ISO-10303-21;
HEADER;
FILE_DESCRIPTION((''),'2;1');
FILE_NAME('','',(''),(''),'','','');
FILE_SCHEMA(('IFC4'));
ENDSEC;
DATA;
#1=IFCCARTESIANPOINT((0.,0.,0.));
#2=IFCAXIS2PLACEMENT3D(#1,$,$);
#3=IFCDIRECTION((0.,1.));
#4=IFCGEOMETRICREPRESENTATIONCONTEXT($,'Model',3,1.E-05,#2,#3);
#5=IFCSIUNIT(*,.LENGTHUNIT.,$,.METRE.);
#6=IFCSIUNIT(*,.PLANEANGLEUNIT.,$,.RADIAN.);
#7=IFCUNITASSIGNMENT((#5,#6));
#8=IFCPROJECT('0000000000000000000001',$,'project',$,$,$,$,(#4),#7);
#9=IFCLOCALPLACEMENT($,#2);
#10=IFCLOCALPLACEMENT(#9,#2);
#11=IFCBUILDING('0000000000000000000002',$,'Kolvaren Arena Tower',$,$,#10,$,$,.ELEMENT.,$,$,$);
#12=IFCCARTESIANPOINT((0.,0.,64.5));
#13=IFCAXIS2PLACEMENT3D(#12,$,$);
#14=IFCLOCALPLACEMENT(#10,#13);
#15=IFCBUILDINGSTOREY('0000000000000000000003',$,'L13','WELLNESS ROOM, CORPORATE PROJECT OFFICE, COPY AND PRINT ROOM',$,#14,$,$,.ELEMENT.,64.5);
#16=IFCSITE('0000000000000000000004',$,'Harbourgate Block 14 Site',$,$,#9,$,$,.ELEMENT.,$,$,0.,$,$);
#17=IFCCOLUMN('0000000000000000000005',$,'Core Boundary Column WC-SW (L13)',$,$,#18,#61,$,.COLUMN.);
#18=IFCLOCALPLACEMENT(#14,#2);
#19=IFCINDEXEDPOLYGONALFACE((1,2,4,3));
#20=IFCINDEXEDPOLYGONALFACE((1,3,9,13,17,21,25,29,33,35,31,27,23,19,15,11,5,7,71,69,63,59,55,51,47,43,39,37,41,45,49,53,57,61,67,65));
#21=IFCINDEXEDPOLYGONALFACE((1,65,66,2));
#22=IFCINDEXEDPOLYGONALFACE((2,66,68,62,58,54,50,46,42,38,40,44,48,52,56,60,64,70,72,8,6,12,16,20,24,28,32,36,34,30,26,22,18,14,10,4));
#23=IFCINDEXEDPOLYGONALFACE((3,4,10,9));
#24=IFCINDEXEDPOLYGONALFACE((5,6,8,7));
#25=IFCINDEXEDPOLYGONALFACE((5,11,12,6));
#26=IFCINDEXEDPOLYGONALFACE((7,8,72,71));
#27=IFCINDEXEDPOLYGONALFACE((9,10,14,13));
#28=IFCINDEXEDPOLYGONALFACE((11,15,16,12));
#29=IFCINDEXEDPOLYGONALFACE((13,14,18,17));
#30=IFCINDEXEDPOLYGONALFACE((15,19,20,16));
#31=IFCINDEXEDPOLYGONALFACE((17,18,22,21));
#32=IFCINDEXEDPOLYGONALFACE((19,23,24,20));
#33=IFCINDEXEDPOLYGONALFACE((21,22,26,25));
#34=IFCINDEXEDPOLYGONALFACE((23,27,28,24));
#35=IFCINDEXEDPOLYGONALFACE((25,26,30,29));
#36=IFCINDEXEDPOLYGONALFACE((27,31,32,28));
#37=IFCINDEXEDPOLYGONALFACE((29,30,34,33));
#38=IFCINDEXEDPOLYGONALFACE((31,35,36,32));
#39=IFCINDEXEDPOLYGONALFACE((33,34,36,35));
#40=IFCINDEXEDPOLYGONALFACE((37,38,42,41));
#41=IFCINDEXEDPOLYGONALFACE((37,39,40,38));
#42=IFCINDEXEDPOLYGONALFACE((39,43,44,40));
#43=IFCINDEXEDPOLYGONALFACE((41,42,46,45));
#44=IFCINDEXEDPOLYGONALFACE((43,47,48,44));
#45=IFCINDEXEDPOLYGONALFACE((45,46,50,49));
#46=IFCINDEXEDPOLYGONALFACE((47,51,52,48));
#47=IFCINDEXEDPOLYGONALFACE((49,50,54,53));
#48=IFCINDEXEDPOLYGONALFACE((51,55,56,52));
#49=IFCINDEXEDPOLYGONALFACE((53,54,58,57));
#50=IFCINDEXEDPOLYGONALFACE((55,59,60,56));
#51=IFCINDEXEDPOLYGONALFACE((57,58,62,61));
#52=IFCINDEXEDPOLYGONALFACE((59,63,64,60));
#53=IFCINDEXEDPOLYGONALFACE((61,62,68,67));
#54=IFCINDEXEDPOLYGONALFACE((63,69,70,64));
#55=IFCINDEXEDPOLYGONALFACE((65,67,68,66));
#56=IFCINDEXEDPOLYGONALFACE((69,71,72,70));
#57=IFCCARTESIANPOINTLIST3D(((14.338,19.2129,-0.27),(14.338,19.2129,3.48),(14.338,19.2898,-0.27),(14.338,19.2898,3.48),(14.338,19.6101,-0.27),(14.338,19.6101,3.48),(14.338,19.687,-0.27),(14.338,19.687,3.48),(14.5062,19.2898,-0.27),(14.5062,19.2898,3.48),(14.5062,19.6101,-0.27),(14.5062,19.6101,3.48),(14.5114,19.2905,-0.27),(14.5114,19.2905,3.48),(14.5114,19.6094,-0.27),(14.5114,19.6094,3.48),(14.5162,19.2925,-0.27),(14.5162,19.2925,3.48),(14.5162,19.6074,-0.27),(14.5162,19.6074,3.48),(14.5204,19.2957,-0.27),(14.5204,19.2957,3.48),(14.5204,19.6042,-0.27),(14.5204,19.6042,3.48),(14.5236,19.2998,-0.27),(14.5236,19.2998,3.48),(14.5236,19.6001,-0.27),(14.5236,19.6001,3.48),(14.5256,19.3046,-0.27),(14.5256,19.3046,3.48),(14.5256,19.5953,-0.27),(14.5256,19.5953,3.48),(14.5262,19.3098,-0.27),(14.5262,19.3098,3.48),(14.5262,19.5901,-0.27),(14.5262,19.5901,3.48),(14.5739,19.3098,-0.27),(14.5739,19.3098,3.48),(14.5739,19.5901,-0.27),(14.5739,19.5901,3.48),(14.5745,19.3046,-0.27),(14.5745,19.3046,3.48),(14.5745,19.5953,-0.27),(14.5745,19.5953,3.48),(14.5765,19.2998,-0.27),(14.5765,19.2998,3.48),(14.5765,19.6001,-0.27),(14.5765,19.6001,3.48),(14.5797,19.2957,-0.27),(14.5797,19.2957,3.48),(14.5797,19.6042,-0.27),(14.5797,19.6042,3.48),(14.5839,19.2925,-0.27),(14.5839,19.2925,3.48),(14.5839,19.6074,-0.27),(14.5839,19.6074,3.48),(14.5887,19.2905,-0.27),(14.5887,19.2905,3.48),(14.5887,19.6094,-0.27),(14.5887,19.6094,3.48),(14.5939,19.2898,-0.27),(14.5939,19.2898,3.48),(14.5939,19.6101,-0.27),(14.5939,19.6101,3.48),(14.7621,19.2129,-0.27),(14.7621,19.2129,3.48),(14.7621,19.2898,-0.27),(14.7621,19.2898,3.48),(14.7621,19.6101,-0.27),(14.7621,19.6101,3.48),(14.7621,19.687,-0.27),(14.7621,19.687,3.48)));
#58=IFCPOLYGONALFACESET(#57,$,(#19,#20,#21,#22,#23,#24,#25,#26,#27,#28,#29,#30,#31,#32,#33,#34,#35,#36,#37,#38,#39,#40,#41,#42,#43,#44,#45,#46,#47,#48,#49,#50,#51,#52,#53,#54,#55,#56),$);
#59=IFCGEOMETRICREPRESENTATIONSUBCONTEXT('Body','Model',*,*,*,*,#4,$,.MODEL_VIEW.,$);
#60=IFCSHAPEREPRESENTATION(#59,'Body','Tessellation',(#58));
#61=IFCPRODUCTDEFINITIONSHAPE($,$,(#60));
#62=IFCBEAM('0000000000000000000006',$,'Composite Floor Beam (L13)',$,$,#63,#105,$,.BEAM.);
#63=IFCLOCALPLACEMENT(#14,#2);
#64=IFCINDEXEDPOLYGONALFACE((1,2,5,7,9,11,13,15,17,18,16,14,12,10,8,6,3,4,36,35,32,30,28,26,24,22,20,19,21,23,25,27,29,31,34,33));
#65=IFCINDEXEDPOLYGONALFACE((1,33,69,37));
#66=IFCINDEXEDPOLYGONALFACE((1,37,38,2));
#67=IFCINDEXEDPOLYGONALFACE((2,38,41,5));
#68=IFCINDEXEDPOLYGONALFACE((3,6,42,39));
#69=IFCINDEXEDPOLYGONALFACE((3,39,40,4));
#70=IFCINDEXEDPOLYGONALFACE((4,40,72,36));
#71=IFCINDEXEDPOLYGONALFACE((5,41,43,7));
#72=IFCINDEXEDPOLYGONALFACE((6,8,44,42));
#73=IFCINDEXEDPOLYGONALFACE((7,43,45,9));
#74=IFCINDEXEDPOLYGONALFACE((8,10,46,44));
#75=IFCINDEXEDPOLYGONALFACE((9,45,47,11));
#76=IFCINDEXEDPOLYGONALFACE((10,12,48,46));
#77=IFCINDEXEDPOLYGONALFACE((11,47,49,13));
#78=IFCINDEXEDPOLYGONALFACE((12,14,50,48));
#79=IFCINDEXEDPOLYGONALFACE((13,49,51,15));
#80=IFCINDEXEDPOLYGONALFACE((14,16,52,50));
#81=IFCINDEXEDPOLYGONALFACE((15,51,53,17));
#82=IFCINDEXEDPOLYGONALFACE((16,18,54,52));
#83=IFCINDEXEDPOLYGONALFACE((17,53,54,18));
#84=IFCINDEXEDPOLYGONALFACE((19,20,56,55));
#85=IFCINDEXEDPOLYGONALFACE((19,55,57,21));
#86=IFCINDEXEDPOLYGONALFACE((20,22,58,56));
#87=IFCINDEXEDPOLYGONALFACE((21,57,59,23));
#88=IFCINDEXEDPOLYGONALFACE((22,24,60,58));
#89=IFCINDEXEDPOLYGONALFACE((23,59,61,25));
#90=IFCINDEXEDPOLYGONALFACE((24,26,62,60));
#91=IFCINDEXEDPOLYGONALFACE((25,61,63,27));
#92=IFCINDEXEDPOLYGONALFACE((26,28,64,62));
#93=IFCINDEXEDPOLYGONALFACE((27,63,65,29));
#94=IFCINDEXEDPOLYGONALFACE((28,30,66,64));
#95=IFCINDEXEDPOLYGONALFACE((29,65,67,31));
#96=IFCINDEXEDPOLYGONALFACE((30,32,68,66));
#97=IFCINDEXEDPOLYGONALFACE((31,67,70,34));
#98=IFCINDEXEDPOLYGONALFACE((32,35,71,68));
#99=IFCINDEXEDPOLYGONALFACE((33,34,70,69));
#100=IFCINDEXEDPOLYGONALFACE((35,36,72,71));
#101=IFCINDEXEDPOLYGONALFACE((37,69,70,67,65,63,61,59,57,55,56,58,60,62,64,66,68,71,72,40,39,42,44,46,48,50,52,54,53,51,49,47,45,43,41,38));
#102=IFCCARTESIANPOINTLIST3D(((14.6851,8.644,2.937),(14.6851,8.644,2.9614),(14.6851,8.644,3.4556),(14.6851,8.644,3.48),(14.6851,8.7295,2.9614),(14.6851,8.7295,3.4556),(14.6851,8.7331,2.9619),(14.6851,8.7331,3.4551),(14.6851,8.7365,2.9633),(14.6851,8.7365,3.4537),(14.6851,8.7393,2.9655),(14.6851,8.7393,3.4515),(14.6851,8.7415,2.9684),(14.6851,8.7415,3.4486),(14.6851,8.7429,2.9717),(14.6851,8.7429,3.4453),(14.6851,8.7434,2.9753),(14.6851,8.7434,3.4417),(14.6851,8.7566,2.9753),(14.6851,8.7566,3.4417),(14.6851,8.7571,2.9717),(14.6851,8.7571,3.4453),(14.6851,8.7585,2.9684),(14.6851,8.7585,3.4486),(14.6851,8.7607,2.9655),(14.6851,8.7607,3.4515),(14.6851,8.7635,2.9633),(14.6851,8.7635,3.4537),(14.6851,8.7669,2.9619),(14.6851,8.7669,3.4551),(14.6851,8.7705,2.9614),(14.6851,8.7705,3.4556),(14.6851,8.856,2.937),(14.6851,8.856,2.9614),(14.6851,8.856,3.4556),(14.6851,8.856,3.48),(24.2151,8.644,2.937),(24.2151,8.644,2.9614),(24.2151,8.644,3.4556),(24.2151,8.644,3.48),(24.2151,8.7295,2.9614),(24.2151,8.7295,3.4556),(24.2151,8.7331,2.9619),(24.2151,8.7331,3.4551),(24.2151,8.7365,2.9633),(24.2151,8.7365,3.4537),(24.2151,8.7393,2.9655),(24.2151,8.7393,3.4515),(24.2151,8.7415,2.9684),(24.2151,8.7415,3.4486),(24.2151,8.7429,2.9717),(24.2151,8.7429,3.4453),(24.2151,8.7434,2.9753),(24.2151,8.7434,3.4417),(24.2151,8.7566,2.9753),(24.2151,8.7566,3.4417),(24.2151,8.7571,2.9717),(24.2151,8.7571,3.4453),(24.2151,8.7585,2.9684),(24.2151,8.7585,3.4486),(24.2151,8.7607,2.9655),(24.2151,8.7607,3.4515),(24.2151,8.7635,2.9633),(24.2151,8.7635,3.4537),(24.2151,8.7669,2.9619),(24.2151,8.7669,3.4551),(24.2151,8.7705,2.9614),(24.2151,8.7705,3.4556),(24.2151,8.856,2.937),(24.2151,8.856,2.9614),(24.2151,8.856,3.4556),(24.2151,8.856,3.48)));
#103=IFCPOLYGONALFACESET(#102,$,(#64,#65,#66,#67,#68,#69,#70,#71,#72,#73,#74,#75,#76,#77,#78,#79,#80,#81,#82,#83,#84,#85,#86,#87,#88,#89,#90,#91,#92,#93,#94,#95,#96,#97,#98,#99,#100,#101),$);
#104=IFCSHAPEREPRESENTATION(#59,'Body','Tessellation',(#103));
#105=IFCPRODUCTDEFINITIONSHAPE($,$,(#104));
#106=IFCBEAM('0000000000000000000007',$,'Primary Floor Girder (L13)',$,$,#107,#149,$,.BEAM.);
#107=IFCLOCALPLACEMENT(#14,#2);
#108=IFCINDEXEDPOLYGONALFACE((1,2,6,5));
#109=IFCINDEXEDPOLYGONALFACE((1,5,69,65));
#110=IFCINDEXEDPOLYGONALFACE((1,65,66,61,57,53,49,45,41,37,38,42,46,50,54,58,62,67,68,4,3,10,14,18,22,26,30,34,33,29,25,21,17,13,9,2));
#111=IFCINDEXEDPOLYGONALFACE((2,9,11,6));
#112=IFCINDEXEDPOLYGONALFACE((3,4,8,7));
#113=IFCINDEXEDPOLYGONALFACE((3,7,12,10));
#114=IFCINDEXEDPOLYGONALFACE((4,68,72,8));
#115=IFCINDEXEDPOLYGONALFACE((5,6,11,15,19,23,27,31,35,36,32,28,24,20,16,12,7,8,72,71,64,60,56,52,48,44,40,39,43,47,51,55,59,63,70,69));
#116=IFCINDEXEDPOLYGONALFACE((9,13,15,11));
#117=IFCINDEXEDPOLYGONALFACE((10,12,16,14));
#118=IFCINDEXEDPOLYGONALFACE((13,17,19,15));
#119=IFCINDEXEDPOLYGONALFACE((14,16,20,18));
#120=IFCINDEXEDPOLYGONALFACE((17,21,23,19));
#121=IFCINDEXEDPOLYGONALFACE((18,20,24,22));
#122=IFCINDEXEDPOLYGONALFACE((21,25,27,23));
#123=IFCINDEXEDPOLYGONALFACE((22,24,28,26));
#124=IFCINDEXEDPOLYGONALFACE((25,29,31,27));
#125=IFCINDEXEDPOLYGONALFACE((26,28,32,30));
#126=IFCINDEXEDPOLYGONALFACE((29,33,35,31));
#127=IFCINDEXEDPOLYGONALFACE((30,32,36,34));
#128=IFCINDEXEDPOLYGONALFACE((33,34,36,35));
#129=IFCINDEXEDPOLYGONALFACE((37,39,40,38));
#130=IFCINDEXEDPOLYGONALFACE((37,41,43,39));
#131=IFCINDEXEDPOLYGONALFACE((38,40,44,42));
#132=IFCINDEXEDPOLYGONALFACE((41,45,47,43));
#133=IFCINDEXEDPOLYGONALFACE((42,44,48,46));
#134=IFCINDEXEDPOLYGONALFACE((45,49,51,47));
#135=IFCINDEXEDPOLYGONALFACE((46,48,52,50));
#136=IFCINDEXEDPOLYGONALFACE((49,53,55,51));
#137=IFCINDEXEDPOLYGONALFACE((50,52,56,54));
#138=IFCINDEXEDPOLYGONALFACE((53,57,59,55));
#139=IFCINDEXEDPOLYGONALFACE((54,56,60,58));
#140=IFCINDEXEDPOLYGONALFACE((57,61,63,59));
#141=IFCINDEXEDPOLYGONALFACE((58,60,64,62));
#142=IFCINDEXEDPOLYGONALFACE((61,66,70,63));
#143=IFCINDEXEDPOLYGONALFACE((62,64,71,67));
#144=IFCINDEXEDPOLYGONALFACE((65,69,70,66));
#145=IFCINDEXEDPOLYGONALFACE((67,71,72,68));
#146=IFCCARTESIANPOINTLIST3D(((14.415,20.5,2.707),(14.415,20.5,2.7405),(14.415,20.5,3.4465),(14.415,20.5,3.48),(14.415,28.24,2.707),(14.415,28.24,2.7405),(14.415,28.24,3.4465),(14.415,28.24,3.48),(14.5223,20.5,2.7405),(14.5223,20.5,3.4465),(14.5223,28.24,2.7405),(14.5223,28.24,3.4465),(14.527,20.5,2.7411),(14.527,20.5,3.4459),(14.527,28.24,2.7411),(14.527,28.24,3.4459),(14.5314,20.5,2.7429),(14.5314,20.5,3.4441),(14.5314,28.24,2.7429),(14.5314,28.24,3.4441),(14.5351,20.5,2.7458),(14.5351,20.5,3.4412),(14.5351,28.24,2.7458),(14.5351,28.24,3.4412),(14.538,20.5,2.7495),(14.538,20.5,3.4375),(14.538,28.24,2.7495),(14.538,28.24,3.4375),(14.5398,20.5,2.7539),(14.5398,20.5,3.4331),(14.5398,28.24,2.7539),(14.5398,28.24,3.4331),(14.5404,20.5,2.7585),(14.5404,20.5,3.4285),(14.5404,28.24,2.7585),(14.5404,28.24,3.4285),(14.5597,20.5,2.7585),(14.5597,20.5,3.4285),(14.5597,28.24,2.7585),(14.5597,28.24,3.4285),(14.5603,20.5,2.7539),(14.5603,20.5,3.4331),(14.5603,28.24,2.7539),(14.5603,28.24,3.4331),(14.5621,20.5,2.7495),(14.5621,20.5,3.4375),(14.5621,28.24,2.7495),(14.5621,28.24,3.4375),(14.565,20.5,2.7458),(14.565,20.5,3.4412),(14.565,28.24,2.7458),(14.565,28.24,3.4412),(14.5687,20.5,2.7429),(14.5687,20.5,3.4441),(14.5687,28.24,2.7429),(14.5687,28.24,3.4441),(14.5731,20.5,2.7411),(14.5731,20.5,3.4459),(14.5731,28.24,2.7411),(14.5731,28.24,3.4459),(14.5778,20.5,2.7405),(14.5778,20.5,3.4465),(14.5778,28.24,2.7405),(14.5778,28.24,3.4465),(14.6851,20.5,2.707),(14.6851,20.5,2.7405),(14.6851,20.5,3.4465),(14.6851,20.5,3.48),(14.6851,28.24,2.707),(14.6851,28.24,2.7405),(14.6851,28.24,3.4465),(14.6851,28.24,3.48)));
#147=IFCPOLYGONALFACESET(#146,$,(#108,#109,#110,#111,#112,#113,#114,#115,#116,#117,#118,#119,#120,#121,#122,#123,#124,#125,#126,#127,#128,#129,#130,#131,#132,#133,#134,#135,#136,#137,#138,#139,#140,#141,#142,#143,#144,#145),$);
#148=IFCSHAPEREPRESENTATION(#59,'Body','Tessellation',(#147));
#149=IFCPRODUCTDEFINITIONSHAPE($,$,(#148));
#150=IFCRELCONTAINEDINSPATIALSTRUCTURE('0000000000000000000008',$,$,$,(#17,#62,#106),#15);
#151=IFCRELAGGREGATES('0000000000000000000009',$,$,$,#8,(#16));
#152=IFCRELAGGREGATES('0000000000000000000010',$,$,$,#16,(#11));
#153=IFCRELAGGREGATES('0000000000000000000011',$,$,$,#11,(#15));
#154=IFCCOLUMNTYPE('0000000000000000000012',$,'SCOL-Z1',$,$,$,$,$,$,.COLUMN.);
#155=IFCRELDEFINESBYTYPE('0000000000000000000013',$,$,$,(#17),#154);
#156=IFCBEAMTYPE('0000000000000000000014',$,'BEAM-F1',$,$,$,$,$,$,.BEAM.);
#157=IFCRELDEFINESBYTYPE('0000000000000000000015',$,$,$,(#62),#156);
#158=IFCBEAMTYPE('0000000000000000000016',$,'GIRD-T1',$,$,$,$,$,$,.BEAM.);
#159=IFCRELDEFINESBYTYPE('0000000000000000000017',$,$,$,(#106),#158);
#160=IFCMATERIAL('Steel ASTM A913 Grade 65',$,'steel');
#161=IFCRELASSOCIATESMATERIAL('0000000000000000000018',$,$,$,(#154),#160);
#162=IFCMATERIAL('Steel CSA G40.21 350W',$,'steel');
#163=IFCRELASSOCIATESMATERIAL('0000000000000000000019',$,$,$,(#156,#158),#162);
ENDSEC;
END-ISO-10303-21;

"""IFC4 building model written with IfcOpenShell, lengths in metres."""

from ifc_helpers import new_model, si_unit, direction, frame, origin, origin_2d, place, context, subcontext, project, spatial, i_section, extrude, material, material_profile, profile_set, type_object, element, save


model = new_model("IFC4")

# Units and contexts
model_context = context("Model", 3, precision=1e-05, world=origin(), true_north=direction((0.0, 1.0)))
body_context = subcontext(model_context, "Body", "Model", "MODEL_VIEW")
ifc_project = project(units=[si_unit("LENGTHUNIT", "METRE"), si_unit("PLANEANGLEUNIT", "RADIAN")], contexts=[model_context])

# Site, building, storey
site_placement = place(None, origin())
site = spatial("IfcSite", under=ifc_project, at=site_placement, Name="Harbourgate Block 14 Site", CompositionType="ELEMENT", RefElevation=0.0)
building_placement = place(site_placement, origin())
building = spatial("IfcBuilding", under=site, at=building_placement, Name="Kolvaren Arena Tower", CompositionType="ELEMENT")
storey_placement = place(building_placement, frame((0.0, 0.0, 64.5)))
storey = spatial("IfcBuildingStorey", under=building, at=storey_placement, Name="L13", Description="WELLNESS ROOM, CORPORATE PROJECT OFFICE, COPY AND PRINT ROOM", CompositionType="ELEMENT", Elevation=64.5)

# Column
ifc_material_1 = material(Name="Steel ASTM A913 Grade 65", Category="steel")
ifc_material_profile_1 = material_profile(ifc_material_1, i_section(OverallWidth=0.4241, OverallDepth=0.4741, WebThickness=0.0476, FlangeThickness=0.0769, FilletRadius=0.02, at=origin_2d()), Name="W360x634")
ifc_profile_set_1 = profile_set([ifc_material_profile_1], Name="Steel ASTM A913 Grade 65")
column_type = type_object("IfcColumnType", Name="SCOL-Z1", PredefinedType="COLUMN", material=ifc_profile_set_1)
column_placement = place(storey_placement, frame((14.55, 19.45, -0.27), z_axis=(0.0, 0.0, 1.0), x_axis=(1.0, 0.0, 0.0)))
element("IfcColumn", 1, at=column_placement, inside=storey, type_object=column_type, Name="Core Boundary Column WC-SW (L13)", PredefinedType="COLUMN", context=body_context, shape_type="SweptSolid", body=[
    extrude(i_section(OverallWidth=0.4241, OverallDepth=0.4741, WebThickness=0.0476, FlangeThickness=0.0769, FilletRadius=0.02, at=origin_2d()), origin(), (0.0, 0.0, 1.0), 3.75),
])

# Beams
ifc_material_2 = material(Name="Steel CSA G40.21 350W", Category="steel")
ifc_material_profile_2 = material_profile(ifc_material_2, i_section(OverallWidth=0.2119, OverallDepth=0.543, WebThickness=0.0132, FlangeThickness=0.0244, FilletRadius=0.0139, at=origin_2d()), Name="W530x150")
ifc_profile_set_2 = profile_set([ifc_material_profile_2], Name="Steel CSA G40.21 350W")
beam_type_1 = type_object("IfcBeamType", Name="BEAM-F1", PredefinedType="BEAM", material=ifc_profile_set_2)
beam_1_placement = place(storey_placement, frame((14.6851, 8.75, 3.2085), z_axis=(1.0, 0.0, 0.0), x_axis=(0.0, 1.0, 0.0)))
element("IfcBeam", 2, at=beam_1_placement, inside=storey, type_object=beam_type_1, Name="Composite Floor Beam (L13)", PredefinedType="BEAM", context=body_context, shape_type="SweptSolid", body=[
    extrude(i_section(OverallWidth=0.2119, OverallDepth=0.543, WebThickness=0.0132, FlangeThickness=0.0244, FilletRadius=0.0139, at=origin_2d()), origin(), (0.0, 0.0, 1.0), 9.53),
])
ifc_material_profile_3 = material_profile(ifc_material_2, i_section(OverallWidth=0.27, OverallDepth=0.7729, WebThickness=0.0193, FlangeThickness=0.0334, FilletRadius=0.0181, at=origin_2d()), Name="W760x257")
ifc_profile_set_3 = profile_set([ifc_material_profile_3], Name="Steel CSA G40.21 350W")
beam_type_2 = type_object("IfcBeamType", Name="GIRD-T1", PredefinedType="BEAM", material=ifc_profile_set_3)
beam_2_placement = place(storey_placement, frame((14.55, 20.5, 3.0935), z_axis=(0.0, 1.0, 0.0), x_axis=(-1.0, 0.0, 0.0)))
element("IfcBeam", 3, at=beam_2_placement, inside=storey, type_object=beam_type_2, Name="Primary Floor Girder (L13)", PredefinedType="BEAM", context=body_context, shape_type="SweptSolid", body=[
    extrude(i_section(OverallWidth=0.27, OverallDepth=0.7729, WebThickness=0.0193, FlangeThickness=0.0334, FilletRadius=0.0181, at=origin_2d()), origin(), (0.0, 0.0, 1.0), 7.74),
])

save(model, "model.ifc")
